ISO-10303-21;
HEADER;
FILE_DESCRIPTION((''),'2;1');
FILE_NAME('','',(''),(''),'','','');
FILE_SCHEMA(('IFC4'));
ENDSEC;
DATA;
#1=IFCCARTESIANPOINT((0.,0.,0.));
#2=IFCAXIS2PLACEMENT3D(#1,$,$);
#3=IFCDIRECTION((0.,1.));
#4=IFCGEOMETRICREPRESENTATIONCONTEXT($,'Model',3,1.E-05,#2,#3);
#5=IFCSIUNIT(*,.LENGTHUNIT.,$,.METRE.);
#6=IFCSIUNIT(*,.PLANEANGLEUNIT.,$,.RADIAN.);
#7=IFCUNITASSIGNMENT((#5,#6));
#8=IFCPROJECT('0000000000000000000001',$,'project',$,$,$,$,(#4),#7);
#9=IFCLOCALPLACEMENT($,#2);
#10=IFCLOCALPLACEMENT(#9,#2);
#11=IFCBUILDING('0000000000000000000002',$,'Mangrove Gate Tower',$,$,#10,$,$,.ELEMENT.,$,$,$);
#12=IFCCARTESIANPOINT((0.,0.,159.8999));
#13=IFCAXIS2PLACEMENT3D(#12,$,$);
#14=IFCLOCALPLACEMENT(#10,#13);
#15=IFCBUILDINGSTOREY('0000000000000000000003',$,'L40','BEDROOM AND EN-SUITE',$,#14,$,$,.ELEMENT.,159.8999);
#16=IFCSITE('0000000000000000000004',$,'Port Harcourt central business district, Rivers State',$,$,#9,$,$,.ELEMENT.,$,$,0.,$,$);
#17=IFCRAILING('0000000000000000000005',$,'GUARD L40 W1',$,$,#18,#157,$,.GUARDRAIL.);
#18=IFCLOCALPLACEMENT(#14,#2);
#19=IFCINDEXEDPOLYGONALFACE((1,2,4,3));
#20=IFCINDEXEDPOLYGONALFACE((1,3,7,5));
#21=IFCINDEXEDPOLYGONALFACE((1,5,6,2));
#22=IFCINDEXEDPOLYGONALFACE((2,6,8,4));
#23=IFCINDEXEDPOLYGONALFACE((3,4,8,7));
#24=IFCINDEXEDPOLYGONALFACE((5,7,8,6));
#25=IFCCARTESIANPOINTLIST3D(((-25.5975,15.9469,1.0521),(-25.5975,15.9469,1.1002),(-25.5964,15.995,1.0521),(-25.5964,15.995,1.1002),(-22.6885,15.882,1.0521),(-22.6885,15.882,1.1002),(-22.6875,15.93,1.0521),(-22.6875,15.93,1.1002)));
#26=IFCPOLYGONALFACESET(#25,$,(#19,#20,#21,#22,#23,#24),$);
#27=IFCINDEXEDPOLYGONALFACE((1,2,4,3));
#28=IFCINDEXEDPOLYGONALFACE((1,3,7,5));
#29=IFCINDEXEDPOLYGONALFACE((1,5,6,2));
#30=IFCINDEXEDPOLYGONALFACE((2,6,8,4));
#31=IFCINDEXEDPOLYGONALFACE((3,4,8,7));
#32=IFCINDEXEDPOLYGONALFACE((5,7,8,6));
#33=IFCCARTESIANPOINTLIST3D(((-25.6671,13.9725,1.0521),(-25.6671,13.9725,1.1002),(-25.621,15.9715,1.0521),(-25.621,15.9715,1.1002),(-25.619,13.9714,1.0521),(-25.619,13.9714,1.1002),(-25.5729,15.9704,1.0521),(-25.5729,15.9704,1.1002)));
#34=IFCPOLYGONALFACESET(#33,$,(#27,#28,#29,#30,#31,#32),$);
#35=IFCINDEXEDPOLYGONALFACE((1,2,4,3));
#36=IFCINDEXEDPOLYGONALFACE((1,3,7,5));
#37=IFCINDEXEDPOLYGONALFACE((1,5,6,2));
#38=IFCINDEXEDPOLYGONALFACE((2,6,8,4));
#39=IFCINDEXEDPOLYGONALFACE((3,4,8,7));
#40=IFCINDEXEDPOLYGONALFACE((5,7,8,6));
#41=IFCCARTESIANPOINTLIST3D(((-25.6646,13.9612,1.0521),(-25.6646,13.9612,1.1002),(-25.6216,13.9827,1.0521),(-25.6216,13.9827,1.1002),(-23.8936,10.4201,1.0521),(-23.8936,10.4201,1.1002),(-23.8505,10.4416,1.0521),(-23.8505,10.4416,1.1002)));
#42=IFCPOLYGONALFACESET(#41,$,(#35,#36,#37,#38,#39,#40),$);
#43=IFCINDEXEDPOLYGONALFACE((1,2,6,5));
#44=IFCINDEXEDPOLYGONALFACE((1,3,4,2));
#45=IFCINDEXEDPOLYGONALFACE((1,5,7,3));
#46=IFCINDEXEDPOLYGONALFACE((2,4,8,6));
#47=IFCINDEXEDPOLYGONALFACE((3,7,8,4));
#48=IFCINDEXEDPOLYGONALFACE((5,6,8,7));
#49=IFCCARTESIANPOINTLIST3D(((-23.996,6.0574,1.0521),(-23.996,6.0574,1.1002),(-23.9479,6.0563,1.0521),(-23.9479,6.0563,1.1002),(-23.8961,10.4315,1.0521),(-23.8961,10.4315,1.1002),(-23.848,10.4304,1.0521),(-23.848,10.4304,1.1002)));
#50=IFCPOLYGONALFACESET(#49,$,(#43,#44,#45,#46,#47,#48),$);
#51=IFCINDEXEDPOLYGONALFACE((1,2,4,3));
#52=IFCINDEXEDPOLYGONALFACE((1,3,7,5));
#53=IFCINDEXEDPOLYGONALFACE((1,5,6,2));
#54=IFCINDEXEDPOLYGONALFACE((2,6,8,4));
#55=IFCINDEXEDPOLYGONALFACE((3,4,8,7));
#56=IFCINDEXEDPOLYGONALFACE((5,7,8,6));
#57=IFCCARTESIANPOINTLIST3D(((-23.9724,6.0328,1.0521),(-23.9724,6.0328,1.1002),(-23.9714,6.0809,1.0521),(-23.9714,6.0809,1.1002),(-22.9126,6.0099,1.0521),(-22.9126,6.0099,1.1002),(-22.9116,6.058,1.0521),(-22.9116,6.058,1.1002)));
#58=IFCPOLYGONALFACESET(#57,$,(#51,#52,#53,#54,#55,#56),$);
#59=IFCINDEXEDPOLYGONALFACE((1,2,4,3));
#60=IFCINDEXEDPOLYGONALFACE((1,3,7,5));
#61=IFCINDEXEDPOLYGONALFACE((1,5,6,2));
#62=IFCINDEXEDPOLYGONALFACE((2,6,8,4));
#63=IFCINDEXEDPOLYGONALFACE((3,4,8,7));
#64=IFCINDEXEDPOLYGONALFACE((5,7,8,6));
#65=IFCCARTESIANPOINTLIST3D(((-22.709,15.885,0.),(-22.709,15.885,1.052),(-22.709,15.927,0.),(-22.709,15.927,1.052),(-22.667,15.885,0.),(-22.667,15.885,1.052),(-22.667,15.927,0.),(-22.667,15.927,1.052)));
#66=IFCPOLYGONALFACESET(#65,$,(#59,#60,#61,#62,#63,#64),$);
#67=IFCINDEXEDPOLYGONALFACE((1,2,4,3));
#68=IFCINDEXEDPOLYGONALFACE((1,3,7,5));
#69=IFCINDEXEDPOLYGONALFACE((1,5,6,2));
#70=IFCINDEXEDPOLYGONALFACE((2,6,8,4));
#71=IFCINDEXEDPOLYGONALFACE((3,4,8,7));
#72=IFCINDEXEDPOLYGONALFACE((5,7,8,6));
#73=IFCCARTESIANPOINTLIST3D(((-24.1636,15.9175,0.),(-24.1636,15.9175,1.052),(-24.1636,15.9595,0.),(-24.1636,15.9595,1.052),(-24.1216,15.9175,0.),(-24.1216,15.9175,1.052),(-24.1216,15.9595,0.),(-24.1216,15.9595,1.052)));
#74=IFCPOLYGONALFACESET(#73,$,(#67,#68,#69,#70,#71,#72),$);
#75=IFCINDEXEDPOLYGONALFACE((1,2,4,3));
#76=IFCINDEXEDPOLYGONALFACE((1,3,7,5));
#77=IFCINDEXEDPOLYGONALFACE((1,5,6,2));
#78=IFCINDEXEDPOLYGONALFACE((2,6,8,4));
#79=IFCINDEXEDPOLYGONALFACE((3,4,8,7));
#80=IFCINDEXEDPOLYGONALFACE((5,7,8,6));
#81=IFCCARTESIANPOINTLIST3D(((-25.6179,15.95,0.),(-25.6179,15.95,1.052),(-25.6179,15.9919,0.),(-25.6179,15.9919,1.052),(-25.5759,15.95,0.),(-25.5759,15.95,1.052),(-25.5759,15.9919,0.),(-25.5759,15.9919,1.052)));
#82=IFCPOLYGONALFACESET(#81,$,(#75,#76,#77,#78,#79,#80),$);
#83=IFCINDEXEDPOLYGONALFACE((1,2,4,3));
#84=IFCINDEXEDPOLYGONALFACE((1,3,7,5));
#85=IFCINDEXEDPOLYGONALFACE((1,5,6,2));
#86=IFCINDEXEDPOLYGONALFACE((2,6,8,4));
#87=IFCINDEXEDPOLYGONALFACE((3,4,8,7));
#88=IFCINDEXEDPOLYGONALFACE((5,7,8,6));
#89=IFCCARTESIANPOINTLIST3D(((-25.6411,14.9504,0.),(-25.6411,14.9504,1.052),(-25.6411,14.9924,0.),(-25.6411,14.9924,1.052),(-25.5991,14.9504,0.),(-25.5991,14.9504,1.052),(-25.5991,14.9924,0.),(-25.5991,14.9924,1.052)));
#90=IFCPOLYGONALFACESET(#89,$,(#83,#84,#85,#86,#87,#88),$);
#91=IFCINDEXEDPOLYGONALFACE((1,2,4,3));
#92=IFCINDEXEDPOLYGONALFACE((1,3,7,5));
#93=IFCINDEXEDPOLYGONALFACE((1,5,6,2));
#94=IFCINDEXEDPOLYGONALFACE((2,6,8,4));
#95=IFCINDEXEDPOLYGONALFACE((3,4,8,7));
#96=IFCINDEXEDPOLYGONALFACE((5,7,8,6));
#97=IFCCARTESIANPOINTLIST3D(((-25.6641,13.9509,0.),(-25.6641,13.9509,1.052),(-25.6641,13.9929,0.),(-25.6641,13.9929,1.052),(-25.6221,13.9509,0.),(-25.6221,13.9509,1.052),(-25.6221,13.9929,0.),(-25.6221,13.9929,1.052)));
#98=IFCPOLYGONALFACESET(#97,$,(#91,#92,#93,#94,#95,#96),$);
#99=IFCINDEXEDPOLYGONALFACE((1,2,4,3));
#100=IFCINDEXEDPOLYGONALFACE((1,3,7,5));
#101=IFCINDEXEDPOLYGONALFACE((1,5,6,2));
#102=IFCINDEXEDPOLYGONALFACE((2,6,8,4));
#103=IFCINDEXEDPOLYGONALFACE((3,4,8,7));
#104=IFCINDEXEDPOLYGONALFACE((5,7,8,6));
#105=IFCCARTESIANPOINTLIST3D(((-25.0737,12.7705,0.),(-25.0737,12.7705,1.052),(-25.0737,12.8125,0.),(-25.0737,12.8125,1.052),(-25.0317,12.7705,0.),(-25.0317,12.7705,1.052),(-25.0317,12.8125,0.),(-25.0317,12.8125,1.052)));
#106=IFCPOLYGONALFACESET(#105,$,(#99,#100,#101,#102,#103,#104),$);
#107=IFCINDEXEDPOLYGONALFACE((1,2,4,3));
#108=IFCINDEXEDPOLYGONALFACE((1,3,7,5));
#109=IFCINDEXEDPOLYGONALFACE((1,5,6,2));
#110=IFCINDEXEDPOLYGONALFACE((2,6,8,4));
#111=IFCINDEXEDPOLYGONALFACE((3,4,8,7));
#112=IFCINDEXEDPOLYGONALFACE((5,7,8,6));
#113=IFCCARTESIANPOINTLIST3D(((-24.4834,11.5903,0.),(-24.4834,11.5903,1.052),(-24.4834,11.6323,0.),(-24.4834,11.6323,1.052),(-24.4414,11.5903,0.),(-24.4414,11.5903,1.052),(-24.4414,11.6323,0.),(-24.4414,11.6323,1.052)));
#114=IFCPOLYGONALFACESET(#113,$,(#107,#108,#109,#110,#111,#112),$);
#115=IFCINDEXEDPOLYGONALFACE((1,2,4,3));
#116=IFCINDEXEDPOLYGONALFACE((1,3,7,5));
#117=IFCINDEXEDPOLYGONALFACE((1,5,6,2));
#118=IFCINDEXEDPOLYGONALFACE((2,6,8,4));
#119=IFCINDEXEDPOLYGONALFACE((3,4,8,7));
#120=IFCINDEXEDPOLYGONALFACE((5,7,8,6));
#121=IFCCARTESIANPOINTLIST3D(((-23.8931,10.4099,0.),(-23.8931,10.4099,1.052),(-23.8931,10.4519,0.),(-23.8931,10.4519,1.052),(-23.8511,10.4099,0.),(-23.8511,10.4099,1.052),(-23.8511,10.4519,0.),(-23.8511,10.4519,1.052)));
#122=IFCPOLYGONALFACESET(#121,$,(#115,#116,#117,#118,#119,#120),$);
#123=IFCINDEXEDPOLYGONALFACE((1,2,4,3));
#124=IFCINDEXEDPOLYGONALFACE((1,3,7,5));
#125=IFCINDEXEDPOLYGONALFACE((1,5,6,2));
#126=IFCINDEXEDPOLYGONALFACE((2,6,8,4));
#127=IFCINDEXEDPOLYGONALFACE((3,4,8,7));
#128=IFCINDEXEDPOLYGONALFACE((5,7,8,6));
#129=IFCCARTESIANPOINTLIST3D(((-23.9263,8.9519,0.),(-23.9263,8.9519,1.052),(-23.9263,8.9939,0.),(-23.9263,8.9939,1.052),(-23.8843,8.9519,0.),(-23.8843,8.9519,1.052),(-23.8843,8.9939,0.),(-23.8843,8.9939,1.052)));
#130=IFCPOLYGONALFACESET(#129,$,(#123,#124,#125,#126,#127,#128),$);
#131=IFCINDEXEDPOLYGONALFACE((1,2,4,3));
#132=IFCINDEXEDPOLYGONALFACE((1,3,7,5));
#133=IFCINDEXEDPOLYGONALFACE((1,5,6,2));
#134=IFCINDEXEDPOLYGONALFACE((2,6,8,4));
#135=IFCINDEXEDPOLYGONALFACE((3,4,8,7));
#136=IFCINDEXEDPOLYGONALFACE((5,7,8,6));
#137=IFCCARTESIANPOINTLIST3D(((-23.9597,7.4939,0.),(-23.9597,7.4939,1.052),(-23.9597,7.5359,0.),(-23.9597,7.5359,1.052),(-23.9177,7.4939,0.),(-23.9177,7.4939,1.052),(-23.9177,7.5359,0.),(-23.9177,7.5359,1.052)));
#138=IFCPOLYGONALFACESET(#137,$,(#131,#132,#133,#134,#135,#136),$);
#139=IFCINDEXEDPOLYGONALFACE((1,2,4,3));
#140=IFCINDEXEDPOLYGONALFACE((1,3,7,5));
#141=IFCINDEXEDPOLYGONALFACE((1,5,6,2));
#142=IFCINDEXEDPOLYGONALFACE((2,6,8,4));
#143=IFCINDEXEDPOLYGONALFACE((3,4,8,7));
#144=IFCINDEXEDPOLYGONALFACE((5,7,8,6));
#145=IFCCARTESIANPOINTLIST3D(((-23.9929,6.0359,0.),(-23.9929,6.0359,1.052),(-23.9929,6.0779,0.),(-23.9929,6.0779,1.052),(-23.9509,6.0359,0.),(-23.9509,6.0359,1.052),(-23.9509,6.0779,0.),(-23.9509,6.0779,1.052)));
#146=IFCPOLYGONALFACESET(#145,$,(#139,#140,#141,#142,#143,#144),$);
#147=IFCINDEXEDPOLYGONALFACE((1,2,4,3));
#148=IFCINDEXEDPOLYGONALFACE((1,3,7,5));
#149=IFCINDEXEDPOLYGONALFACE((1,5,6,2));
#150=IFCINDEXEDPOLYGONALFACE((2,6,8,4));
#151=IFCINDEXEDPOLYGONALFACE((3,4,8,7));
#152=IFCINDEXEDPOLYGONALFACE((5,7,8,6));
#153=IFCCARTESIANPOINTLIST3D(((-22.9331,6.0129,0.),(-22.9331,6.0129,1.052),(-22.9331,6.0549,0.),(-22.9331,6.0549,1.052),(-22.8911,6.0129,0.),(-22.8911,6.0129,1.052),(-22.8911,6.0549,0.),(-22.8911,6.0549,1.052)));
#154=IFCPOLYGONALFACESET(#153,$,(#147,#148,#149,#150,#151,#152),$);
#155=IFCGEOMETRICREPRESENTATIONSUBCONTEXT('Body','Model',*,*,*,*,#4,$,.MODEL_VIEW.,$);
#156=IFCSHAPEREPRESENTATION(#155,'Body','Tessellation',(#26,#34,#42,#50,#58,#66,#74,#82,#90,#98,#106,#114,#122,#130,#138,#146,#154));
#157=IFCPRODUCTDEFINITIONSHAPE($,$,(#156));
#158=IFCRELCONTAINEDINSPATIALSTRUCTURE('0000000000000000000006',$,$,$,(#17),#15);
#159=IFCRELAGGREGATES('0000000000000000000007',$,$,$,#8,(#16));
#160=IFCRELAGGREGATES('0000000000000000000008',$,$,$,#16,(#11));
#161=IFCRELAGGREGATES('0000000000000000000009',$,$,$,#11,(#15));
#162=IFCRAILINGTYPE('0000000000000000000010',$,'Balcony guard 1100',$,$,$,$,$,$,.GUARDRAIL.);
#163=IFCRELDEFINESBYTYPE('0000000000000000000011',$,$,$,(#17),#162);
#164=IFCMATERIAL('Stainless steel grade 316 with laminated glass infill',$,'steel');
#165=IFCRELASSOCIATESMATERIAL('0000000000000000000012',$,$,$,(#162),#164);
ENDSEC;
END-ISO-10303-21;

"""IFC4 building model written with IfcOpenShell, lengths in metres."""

from ifc_helpers import new_model, si_unit, direction, frame, origin, origin_2d, place, context, subcontext, project, spatial, rectangle, extrude, material, type_object, element, save


model = new_model("IFC4")

# Units and contexts
model_context = context("Model", 3, precision=1e-05, world=origin(), true_north=direction((0.0, 1.0)))
body_context = subcontext(model_context, "Body", "Model", "MODEL_VIEW")
ifc_project = project(units=[si_unit("LENGTHUNIT", "METRE"), si_unit("PLANEANGLEUNIT", "RADIAN")], contexts=[model_context])

# Site, building, storey
site_placement = place(None, origin())
site = spatial("IfcSite", under=ifc_project, at=site_placement, Name="Port Harcourt central business district, Rivers State", CompositionType="ELEMENT", RefElevation=0.0)
building_placement = place(site_placement, origin())
building = spatial("IfcBuilding", under=site, at=building_placement, Name="Mangrove Gate Tower", CompositionType="ELEMENT")
storey_placement = place(building_placement, frame((0.0, 0.0, 159.8999)))
storey = spatial("IfcBuildingStorey", under=building, at=storey_placement, Name="L40", Description="BEDROOM AND EN-SUITE", CompositionType="ELEMENT", Elevation=159.8999)

# Railing
ifc_material_1 = material(Name="Stainless steel grade 316 with laminated glass infill", Category="steel")
railing_type = type_object("IfcRailingType", Name="Balcony guard 1100", PredefinedType="GUARDRAIL", material=ifc_material_1)
railing_placement = place(storey_placement, frame((-22.688, 15.906, 0.0)))
element("IfcRailing", 1, at=railing_placement, inside=storey, type_object=railing_type, Name="GUARD L40 W1", PredefinedType="GUARDRAIL", context=body_context, shape_type="SweptSolid", body=[
    extrude(rectangle(XDim=0.0481, YDim=0.0481, at=origin_2d()), frame((0.0, 0.0, 1.0762), z_axis=(-0.999751, 0.022319, 0.0), x_axis=(-0.022319, -0.999751, 0.0)), (0.0, 0.0, 1.0), 2.9097),
    extrude(rectangle(XDim=0.0481, YDim=0.0481, at=origin_2d()), frame((-2.9089, 0.0649, 1.0762), z_axis=(-0.023076, -0.999734, 0.0), x_axis=(0.999734, -0.023076, 0.0)), (0.0, 0.0, 1.0), 1.9995),
    extrude(rectangle(XDim=0.0481, YDim=0.0481, at=origin_2d()), frame((-2.9551, -1.9341, 1.0762), z_axis=(0.447312, -0.894378, 0.0), x_axis=(0.894378, 0.447312, 0.0)), (0.0, 0.0, 1.0), 3.9592),
    extrude(rectangle(XDim=0.0481, YDim=0.0481, at=origin_2d()), frame((-1.1841, -5.4751, 1.0762), z_axis=(-0.022823, -0.99974, 0.0), x_axis=(0.99974, -0.022823, 0.0)), (0.0, 0.0, 1.0), 4.3752),
    extrude(rectangle(XDim=0.0481, YDim=0.0481, at=origin_2d()), frame((-1.2839, -9.8491, 1.0762), z_axis=(0.999766, -0.021649, 0.0), x_axis=(0.021649, 0.999766, 0.0)), (0.0, 0.0, 1.0), 1.0601),
    extrude(rectangle(XDim=0.042, YDim=0.042, at=origin_2d()), origin(), (0.0, 0.0, 1.0), 1.052),
    extrude(rectangle(XDim=0.042, YDim=0.042, at=origin_2d()), frame((-1.4546, 0.0325, 0.0)), (0.0, 0.0, 1.0), 1.052),
    extrude(rectangle(XDim=0.042, YDim=0.042, at=origin_2d()), frame((-2.9089, 0.0649, 0.0)), (0.0, 0.0, 1.0), 1.052),
    extrude(rectangle(XDim=0.042, YDim=0.042, at=origin_2d()), frame((-2.9321, -0.9346, 0.0)), (0.0, 0.0, 1.0), 1.052),
    extrude(rectangle(XDim=0.042, YDim=0.042, at=origin_2d()), frame((-2.9551, -1.9341, 0.0)), (0.0, 0.0, 1.0), 1.052),
    extrude(rectangle(XDim=0.042, YDim=0.042, at=origin_2d()), frame((-2.3647, -3.1145, 0.0)), (0.0, 0.0, 1.0), 1.052),
    extrude(rectangle(XDim=0.042, YDim=0.042, at=origin_2d()), frame((-1.7744, -4.2947, 0.0)), (0.0, 0.0, 1.0), 1.052),
    extrude(rectangle(XDim=0.042, YDim=0.042, at=origin_2d()), frame((-1.1841, -5.4751, 0.0)), (0.0, 0.0, 1.0), 1.052),
    extrude(rectangle(XDim=0.042, YDim=0.042, at=origin_2d()), frame((-1.2173, -6.9331, 0.0)), (0.0, 0.0, 1.0), 1.052),
    extrude(rectangle(XDim=0.042, YDim=0.042, at=origin_2d()), frame((-1.2507, -8.3911, 0.0)), (0.0, 0.0, 1.0), 1.052),
    extrude(rectangle(XDim=0.042, YDim=0.042, at=origin_2d()), frame((-1.2839, -9.8491, 0.0)), (0.0, 0.0, 1.0), 1.052),
    extrude(rectangle(XDim=0.042, YDim=0.042, at=origin_2d()), frame((-0.2241, -9.8721, 0.0)), (0.0, 0.0, 1.0), 1.052),
])

save(model, "model.ifc")
